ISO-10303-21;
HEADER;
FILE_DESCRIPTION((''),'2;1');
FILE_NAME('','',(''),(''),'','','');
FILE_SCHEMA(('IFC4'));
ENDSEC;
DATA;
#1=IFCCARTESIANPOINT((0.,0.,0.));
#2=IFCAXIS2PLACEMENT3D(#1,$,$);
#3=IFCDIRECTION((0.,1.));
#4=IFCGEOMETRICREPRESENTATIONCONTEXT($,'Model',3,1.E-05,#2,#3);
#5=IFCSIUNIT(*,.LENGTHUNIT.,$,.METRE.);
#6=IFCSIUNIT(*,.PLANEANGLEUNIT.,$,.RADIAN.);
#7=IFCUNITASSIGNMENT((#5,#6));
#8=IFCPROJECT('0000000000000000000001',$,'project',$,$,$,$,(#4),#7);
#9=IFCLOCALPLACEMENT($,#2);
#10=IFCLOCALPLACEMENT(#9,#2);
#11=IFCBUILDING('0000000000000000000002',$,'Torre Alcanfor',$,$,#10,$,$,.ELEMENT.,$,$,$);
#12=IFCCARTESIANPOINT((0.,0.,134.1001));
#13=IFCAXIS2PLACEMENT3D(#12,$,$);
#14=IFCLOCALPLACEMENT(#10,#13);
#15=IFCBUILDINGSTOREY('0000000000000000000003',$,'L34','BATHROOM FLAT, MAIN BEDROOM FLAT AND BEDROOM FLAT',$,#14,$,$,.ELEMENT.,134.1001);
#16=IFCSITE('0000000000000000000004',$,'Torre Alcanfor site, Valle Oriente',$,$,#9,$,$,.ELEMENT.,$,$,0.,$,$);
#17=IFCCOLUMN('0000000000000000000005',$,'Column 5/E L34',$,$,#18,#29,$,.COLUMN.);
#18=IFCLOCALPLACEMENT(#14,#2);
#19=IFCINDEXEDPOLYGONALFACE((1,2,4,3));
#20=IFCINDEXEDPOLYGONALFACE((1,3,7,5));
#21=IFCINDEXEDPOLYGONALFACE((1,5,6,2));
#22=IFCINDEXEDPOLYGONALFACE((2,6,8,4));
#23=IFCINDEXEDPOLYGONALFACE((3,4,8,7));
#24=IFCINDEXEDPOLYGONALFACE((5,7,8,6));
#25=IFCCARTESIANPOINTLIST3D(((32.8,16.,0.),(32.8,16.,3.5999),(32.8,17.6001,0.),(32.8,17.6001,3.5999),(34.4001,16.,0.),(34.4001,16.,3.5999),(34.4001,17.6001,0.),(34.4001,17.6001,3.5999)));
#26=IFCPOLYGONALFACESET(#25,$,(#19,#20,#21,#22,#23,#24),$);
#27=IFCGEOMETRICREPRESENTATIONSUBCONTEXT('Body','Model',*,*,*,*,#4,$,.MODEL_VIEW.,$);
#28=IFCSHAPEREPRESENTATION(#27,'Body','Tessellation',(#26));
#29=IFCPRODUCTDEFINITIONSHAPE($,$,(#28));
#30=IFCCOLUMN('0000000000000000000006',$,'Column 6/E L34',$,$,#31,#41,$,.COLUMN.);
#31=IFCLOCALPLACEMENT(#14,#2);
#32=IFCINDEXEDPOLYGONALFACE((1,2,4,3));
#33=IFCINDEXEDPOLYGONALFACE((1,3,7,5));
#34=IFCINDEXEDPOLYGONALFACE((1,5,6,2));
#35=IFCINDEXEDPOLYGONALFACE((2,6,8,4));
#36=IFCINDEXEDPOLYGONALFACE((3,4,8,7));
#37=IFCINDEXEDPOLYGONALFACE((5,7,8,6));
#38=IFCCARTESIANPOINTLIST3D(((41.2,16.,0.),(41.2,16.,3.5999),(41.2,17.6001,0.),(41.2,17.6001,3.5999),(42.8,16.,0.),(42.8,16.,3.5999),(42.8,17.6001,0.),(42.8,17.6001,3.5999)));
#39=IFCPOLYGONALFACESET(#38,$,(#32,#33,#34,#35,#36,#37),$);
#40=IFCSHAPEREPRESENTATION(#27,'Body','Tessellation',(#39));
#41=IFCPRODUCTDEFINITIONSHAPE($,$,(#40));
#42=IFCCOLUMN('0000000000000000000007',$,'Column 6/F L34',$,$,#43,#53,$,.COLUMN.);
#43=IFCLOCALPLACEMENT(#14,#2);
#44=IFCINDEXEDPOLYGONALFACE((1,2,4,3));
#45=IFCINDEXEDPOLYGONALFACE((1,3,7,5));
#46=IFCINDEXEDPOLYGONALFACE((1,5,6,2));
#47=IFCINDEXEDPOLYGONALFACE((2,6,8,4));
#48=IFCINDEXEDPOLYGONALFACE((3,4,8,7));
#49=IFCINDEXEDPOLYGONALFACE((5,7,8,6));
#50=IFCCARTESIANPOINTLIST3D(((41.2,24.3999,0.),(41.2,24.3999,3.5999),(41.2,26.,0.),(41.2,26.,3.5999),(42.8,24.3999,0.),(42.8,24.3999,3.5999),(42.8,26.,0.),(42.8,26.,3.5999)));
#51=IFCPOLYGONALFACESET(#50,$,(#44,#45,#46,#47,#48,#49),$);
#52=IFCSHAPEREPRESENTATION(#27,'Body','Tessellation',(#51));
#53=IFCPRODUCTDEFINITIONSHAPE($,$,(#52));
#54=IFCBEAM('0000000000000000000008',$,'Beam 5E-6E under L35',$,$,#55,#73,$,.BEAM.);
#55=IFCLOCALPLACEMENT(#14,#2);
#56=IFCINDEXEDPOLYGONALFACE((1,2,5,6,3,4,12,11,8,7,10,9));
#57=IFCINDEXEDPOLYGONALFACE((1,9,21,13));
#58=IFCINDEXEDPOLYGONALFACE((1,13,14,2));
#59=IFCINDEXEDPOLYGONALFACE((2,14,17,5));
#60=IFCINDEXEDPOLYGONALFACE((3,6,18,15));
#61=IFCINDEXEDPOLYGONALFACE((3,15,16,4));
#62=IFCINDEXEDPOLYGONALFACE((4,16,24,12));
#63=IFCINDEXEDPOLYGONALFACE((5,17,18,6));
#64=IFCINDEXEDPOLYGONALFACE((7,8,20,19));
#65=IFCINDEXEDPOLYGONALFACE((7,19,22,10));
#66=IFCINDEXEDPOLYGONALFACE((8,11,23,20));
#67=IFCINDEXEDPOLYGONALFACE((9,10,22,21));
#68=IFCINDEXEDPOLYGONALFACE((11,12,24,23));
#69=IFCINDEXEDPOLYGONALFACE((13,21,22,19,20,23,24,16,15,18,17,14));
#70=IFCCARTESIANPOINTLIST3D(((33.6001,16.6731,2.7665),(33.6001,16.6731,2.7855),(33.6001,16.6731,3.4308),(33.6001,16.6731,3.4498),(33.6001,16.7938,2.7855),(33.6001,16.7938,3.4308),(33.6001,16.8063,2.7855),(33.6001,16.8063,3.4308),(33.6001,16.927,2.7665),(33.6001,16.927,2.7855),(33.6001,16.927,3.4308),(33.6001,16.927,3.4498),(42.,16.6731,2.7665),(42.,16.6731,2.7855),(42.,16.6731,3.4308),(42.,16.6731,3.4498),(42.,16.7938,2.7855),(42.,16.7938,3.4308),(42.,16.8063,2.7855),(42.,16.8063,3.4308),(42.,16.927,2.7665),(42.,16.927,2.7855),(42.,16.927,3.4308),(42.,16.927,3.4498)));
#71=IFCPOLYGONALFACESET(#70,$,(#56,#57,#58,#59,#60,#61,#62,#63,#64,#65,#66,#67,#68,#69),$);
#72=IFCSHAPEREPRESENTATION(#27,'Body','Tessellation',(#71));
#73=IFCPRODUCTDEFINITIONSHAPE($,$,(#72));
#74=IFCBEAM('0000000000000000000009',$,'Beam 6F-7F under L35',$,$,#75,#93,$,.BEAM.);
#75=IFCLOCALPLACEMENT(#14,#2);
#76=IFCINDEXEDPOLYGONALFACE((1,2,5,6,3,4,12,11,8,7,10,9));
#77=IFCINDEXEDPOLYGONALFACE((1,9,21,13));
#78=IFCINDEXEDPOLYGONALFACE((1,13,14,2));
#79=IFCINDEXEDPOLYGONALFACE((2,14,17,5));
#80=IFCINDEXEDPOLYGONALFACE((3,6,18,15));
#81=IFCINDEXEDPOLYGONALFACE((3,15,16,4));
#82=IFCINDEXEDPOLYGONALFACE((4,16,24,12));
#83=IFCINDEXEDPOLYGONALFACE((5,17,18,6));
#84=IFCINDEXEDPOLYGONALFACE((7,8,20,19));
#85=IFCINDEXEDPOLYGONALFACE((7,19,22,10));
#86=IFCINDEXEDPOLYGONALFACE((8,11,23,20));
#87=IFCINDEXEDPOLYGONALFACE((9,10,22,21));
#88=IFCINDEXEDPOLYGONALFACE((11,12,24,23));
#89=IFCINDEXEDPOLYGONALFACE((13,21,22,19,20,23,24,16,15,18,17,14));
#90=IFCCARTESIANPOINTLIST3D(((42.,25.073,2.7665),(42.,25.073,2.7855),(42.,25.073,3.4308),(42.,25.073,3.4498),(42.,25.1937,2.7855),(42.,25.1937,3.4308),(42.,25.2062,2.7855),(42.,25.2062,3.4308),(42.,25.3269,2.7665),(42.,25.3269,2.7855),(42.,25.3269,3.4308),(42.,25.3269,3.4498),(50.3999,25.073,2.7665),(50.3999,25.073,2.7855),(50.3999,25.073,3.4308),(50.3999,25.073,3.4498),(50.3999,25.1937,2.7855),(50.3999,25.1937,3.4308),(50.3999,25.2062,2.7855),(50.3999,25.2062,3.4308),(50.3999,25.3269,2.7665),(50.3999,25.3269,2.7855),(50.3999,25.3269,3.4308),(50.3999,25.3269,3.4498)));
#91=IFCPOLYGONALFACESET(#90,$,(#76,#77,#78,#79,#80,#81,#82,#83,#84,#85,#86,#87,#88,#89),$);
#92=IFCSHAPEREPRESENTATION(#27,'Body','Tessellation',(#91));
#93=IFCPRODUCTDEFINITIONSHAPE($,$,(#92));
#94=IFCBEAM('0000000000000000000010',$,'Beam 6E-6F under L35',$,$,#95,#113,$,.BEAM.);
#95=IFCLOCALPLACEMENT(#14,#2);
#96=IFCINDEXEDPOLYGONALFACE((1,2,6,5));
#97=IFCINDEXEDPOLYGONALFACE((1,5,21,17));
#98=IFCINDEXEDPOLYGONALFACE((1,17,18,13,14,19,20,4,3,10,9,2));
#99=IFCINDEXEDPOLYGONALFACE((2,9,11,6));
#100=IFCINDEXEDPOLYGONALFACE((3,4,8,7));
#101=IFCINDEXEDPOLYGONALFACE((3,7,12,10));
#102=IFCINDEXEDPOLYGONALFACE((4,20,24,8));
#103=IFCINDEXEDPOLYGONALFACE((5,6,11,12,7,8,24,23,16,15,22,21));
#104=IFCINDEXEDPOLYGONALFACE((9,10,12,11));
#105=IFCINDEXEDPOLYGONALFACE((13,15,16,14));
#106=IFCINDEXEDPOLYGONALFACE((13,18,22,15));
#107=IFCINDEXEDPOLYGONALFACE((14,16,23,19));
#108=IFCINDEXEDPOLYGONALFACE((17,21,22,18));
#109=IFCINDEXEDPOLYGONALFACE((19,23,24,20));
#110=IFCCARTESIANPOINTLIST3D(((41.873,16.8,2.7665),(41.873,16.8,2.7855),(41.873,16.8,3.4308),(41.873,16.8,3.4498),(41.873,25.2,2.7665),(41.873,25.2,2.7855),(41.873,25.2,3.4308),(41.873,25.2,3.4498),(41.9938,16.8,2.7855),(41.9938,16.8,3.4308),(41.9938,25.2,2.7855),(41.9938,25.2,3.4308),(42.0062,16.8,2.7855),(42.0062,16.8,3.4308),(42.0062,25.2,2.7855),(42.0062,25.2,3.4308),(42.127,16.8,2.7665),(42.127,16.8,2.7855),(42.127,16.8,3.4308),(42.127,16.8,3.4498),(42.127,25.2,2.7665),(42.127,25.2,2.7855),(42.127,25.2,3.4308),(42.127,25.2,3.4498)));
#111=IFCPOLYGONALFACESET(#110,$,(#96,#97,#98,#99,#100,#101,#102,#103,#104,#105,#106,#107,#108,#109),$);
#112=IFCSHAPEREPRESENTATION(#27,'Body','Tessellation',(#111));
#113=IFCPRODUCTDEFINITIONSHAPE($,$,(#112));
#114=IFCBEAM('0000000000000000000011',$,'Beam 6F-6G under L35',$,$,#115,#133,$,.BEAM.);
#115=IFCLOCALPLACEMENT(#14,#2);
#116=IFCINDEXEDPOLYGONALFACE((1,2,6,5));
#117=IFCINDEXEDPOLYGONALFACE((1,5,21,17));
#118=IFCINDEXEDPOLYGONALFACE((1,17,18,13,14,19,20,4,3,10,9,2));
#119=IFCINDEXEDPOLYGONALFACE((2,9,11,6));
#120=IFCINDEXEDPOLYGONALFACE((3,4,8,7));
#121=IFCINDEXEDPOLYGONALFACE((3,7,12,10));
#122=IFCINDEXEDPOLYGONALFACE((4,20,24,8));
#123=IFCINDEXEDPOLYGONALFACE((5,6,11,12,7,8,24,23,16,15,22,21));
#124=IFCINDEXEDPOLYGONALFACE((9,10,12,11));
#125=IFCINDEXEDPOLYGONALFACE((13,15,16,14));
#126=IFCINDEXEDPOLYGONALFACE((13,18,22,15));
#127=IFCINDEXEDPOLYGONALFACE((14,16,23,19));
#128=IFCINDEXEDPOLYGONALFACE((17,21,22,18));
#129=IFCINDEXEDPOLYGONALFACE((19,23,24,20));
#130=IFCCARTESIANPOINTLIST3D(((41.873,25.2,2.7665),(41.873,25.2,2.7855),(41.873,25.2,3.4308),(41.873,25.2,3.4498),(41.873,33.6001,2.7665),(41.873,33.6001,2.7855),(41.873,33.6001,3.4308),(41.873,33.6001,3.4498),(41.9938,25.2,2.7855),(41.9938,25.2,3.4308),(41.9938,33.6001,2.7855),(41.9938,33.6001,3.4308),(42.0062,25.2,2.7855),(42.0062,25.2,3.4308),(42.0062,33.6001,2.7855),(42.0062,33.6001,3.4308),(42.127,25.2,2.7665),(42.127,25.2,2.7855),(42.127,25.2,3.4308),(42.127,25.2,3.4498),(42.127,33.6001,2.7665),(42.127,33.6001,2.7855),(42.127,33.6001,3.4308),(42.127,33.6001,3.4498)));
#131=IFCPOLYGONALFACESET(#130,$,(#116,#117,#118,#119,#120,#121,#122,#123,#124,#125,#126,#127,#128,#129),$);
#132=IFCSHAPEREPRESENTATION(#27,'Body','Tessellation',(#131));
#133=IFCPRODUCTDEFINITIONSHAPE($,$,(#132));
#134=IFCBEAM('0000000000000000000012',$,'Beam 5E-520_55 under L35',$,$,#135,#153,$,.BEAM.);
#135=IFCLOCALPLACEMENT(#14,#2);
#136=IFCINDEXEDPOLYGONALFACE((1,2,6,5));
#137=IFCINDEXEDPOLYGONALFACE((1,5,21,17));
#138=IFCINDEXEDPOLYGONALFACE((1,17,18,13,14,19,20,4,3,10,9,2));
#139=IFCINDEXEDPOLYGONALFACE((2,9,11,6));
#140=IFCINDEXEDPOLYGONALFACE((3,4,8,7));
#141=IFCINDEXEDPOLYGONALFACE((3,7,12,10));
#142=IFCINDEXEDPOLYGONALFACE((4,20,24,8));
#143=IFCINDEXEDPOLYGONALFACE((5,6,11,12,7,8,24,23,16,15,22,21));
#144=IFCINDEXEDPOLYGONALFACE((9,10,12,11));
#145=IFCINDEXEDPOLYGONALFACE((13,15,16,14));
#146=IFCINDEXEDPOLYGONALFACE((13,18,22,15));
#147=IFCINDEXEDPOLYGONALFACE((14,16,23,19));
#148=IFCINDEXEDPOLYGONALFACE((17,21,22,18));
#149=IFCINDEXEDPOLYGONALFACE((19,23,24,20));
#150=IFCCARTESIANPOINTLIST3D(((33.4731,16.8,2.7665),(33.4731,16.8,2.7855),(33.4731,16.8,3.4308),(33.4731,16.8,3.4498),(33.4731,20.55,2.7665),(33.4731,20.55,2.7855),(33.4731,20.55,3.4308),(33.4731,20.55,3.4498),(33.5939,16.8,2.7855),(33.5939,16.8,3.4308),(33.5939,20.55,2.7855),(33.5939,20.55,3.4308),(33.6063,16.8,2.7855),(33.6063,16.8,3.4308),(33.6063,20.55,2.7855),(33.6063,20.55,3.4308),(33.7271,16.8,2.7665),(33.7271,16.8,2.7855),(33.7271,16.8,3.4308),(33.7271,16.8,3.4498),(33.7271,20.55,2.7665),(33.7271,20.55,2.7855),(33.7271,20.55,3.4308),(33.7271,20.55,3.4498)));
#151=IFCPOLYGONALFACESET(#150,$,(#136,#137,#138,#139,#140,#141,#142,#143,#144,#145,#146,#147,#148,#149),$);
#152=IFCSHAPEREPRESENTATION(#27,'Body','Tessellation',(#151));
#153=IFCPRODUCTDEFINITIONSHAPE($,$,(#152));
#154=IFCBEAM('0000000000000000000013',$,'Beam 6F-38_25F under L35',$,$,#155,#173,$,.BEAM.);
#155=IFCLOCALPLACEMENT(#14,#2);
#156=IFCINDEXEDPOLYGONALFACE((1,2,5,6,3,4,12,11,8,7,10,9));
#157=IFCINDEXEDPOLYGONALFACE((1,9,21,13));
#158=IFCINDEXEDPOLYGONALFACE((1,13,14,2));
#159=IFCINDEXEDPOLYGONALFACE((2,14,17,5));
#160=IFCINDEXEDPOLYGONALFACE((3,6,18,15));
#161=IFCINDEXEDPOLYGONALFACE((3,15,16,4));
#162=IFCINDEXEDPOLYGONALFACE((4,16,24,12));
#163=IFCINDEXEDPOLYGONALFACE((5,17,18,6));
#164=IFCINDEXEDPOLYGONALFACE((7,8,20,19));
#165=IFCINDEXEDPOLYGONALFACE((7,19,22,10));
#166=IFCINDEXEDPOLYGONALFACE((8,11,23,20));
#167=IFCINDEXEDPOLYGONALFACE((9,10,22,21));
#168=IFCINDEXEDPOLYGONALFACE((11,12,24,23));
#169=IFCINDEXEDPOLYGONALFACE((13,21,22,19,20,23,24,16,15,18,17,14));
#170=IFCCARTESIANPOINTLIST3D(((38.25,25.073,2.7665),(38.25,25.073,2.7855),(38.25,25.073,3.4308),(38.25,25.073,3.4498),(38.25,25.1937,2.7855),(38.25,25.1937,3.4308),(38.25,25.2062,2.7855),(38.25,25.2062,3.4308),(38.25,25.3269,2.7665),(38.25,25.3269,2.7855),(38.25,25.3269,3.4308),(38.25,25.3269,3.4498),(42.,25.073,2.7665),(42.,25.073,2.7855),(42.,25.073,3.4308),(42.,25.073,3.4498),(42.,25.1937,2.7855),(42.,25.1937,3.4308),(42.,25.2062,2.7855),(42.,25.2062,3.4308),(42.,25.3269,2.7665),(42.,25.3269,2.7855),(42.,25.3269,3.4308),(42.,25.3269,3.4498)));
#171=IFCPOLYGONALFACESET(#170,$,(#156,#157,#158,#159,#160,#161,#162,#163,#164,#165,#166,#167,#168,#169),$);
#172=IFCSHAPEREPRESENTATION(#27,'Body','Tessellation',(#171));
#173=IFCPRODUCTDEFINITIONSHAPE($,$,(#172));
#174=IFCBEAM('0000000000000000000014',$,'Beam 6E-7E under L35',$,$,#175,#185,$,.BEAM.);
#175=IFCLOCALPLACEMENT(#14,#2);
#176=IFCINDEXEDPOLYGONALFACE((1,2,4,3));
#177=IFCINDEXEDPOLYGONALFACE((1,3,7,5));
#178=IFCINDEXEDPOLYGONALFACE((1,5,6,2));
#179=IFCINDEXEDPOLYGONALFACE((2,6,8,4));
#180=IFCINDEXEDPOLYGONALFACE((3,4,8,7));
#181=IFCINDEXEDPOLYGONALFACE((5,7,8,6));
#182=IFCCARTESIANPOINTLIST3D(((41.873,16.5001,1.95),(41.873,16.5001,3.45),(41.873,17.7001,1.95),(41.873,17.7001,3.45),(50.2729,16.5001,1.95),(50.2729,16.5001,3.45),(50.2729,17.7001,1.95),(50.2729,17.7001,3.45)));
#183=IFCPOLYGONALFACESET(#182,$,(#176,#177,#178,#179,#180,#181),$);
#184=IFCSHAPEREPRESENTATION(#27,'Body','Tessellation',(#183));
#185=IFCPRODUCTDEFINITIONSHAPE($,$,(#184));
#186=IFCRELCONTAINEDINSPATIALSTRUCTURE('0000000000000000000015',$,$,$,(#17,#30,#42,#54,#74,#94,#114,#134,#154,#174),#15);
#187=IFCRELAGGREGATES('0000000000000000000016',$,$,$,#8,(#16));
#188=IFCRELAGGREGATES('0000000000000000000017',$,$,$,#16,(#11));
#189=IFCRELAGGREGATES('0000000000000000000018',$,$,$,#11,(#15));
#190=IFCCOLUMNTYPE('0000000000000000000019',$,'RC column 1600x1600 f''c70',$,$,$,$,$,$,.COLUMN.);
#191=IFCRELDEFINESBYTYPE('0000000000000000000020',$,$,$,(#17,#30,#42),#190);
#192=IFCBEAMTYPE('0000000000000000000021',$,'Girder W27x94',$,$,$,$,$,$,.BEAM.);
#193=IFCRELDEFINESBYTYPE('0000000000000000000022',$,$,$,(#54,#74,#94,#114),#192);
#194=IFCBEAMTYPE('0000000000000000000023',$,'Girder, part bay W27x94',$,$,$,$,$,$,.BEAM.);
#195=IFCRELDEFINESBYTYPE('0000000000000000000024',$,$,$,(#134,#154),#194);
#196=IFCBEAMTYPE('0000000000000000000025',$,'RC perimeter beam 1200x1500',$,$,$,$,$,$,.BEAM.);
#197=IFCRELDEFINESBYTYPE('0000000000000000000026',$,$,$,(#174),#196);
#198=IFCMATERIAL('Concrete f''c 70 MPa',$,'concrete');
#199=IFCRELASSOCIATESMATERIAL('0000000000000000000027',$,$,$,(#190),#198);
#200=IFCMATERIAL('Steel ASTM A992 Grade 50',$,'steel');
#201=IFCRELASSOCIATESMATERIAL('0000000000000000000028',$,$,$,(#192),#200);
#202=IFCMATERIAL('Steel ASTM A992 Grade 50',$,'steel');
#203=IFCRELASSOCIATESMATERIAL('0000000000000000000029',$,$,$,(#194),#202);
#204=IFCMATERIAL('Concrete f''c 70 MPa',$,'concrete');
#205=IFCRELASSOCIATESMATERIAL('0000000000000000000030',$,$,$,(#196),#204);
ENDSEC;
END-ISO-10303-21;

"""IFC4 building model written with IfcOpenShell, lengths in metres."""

from ifc_helpers import new_model, si_unit, direction, frame, origin, origin_2d, place, context, subcontext, project, spatial, rectangle, i_section, extrude, material, material_profile, profile_set, type_object, element, save


model = new_model("IFC4")

# Units and contexts
model_context = context("Model", 3, precision=1e-05, world=origin(), true_north=direction((0.0, 1.0)))
body_context = subcontext(model_context, "Body", "Model", "MODEL_VIEW")
ifc_project = project(units=[si_unit("LENGTHUNIT", "METRE"), si_unit("PLANEANGLEUNIT", "RADIAN")], contexts=[model_context])

# Site, building, storey
site_placement = place(None, origin())
site = spatial("IfcSite", under=ifc_project, at=site_placement, Name="Torre Alcanfor site, Valle Oriente", CompositionType="ELEMENT", RefElevation=0.0)
building_placement = place(site_placement, origin())
building = spatial("IfcBuilding", under=site, at=building_placement, Name="Torre Alcanfor", CompositionType="ELEMENT")
storey_placement = place(building_placement, frame((0.0, 0.0, 134.1001)))
storey = spatial("IfcBuildingStorey", under=building, at=storey_placement, Name="L34", Description="BATHROOM FLAT, MAIN BEDROOM FLAT AND BEDROOM FLAT", CompositionType="ELEMENT", Elevation=134.1001)

# Columns
ifc_material_1 = material(Name="Concrete f'c 70 MPa", Category="concrete")
ifc_material_profile_1 = material_profile(ifc_material_1, rectangle(XDim=1.6001, YDim=1.6001, at=origin_2d()), Name="1600x1600")
ifc_profile_set_1 = profile_set([ifc_material_profile_1], Name="Concrete f'c 70 MPa")
column_type = type_object("IfcColumnType", Name="RC column 1600x1600 f'c70", PredefinedType="COLUMN", material=ifc_profile_set_1)
for number, where, z_axis, x_axis, name in (
    (1, (33.6001, 16.8, 0.0), (0.0, 0.0, 1.0), (1.0, 0.0, 0.0), "Column 5/E L34"),
    (2, (42.0, 16.8, 0.0), (0.0, 0.0, 1.0), (1.0, 0.0, 0.0), "Column 6/E L34"),
    (3, (42.0, 25.2, 0.0), (0.0, 0.0, 1.0), (1.0, 0.0, 0.0), "Column 6/F L34"),
):
    element("IfcColumn", number, at=place(storey_placement, frame(where, z_axis=z_axis, x_axis=x_axis)), inside=storey, type_object=column_type, Name=name, PredefinedType="COLUMN", context=body_context, shape_type="SweptSolid", body=[
        extrude(rectangle(XDim=1.6001, YDim=1.6001, at=origin_2d()), origin(), (0.0, 0.0, 1.0), 3.5999),
    ])

# Beams
ifc_material_2 = material(Name="Steel ASTM A992 Grade 50", Category="steel")
ifc_material_profile_2 = material_profile(ifc_material_2, i_section(OverallWidth=0.2539, OverallDepth=0.6833, WebThickness=0.0125, FlangeThickness=0.019, at=origin_2d()), Name="W27x94")
ifc_profile_set_2 = profile_set([ifc_material_profile_2], Name="Steel ASTM A992 Grade 50")
beam_type_1 = type_object("IfcBeamType", Name="Girder W27x94", PredefinedType="BEAM", material=ifc_profile_set_2)
for number, where, z_axis, x_axis, name in (
    (4, (33.6001, 16.8, 3.1082), (1.0, 0.0, 0.0), (0.0, 1.0, 0.0), "Beam 5E-6E under L35"),
    (5, (42.0, 25.2, 3.1082), (1.0, 0.0, 0.0), (0.0, 1.0, 0.0), "Beam 6F-7F under L35"),
    (6, (42.0, 16.8, 3.1082), (0.0, 1.0, 0.0), (-1.0, 0.0, 0.0), "Beam 6E-6F under L35"),
):
    element("IfcBeam", number, at=place(storey_placement, frame(where, z_axis=z_axis, x_axis=x_axis)), inside=storey, type_object=beam_type_1, Name=name, PredefinedType="BEAM", context=body_context, shape_type="SweptSolid", body=[
        extrude(i_section(OverallWidth=0.2539, OverallDepth=0.6833, WebThickness=0.0125, FlangeThickness=0.019, at=origin_2d()), origin(), (0.0, 0.0, 1.0), 8.3999),
    ])
beam_1_placement = place(storey_placement, frame((42.0, 25.2, 3.1082), z_axis=(0.0, 1.0, 0.0), x_axis=(-1.0, 0.0, 0.0)))
element("IfcBeam", 7, at=beam_1_placement, inside=storey, type_object=beam_type_1, Name="Beam 6F-6G under L35", PredefinedType="BEAM", context=body_context, shape_type="SweptSolid", body=[
    extrude(i_section(OverallWidth=0.2539, OverallDepth=0.6833, WebThickness=0.0125, FlangeThickness=0.019, at=origin_2d()), origin(), (0.0, 0.0, 1.0), 8.4001),
])
ifc_material_3 = material(Name="Steel ASTM A992 Grade 50", Category="steel")
ifc_material_profile_3 = material_profile(ifc_material_3, i_section(OverallWidth=0.2539, OverallDepth=0.6833, WebThickness=0.0125, FlangeThickness=0.019, at=origin_2d()), Name="W27x94")
ifc_profile_set_3 = profile_set([ifc_material_profile_3], Name="Steel ASTM A992 Grade 50")
beam_type_2 = type_object("IfcBeamType", Name="Girder, part bay W27x94", PredefinedType="BEAM", material=ifc_profile_set_3)
for number, where, z_axis, x_axis, name in (
    (8, (33.6001, 16.8, 3.1082), (0.0, 1.0, 0.0), (-1.0, 0.0, 0.0), "Beam 5E-520_55 under L35"),
    (9, (42.0, 25.2, 3.1082), (-1.0, 0.0, 0.0), (0.0, -1.0, 0.0), "Beam 6F-38_25F under L35"),
):
    element("IfcBeam", number, at=place(storey_placement, frame(where, z_axis=z_axis, x_axis=x_axis)), inside=storey, type_object=beam_type_2, Name=name, PredefinedType="BEAM", context=body_context, shape_type="SweptSolid", body=[
        extrude(i_section(OverallWidth=0.2539, OverallDepth=0.6833, WebThickness=0.0125, FlangeThickness=0.019, at=origin_2d()), origin(), (0.0, 0.0, 1.0), 3.75),
    ])
ifc_material_4 = material(Name="Concrete f'c 70 MPa", Category="concrete")
ifc_material_profile_4 = material_profile(ifc_material_4, rectangle(XDim=1.2, YDim=1.5, at=origin_2d()), Name="1200x1500")
ifc_profile_set_4 = profile_set([ifc_material_profile_4], Name="Concrete f'c 70 MPa")
beam_type_3 = type_object("IfcBeamType", Name="RC perimeter beam 1200x1500", PredefinedType="BEAM", material=ifc_profile_set_4)
beam_2_placement = place(storey_placement, frame((41.873, 17.1001, 2.7), z_axis=(1.0, 0.0, 0.0), x_axis=(0.0, 1.0, 0.0)))
element("IfcBeam", 10, at=beam_2_placement, inside=storey, type_object=beam_type_3, Name="Beam 6E-7E under L35", PredefinedType="BEAM", context=body_context, shape_type="SweptSolid", body=[
    extrude(rectangle(XDim=1.2, YDim=1.5, at=origin_2d()), origin(), (0.0, 0.0, 1.0), 8.3999),
])

save(model, "model.ifc")
